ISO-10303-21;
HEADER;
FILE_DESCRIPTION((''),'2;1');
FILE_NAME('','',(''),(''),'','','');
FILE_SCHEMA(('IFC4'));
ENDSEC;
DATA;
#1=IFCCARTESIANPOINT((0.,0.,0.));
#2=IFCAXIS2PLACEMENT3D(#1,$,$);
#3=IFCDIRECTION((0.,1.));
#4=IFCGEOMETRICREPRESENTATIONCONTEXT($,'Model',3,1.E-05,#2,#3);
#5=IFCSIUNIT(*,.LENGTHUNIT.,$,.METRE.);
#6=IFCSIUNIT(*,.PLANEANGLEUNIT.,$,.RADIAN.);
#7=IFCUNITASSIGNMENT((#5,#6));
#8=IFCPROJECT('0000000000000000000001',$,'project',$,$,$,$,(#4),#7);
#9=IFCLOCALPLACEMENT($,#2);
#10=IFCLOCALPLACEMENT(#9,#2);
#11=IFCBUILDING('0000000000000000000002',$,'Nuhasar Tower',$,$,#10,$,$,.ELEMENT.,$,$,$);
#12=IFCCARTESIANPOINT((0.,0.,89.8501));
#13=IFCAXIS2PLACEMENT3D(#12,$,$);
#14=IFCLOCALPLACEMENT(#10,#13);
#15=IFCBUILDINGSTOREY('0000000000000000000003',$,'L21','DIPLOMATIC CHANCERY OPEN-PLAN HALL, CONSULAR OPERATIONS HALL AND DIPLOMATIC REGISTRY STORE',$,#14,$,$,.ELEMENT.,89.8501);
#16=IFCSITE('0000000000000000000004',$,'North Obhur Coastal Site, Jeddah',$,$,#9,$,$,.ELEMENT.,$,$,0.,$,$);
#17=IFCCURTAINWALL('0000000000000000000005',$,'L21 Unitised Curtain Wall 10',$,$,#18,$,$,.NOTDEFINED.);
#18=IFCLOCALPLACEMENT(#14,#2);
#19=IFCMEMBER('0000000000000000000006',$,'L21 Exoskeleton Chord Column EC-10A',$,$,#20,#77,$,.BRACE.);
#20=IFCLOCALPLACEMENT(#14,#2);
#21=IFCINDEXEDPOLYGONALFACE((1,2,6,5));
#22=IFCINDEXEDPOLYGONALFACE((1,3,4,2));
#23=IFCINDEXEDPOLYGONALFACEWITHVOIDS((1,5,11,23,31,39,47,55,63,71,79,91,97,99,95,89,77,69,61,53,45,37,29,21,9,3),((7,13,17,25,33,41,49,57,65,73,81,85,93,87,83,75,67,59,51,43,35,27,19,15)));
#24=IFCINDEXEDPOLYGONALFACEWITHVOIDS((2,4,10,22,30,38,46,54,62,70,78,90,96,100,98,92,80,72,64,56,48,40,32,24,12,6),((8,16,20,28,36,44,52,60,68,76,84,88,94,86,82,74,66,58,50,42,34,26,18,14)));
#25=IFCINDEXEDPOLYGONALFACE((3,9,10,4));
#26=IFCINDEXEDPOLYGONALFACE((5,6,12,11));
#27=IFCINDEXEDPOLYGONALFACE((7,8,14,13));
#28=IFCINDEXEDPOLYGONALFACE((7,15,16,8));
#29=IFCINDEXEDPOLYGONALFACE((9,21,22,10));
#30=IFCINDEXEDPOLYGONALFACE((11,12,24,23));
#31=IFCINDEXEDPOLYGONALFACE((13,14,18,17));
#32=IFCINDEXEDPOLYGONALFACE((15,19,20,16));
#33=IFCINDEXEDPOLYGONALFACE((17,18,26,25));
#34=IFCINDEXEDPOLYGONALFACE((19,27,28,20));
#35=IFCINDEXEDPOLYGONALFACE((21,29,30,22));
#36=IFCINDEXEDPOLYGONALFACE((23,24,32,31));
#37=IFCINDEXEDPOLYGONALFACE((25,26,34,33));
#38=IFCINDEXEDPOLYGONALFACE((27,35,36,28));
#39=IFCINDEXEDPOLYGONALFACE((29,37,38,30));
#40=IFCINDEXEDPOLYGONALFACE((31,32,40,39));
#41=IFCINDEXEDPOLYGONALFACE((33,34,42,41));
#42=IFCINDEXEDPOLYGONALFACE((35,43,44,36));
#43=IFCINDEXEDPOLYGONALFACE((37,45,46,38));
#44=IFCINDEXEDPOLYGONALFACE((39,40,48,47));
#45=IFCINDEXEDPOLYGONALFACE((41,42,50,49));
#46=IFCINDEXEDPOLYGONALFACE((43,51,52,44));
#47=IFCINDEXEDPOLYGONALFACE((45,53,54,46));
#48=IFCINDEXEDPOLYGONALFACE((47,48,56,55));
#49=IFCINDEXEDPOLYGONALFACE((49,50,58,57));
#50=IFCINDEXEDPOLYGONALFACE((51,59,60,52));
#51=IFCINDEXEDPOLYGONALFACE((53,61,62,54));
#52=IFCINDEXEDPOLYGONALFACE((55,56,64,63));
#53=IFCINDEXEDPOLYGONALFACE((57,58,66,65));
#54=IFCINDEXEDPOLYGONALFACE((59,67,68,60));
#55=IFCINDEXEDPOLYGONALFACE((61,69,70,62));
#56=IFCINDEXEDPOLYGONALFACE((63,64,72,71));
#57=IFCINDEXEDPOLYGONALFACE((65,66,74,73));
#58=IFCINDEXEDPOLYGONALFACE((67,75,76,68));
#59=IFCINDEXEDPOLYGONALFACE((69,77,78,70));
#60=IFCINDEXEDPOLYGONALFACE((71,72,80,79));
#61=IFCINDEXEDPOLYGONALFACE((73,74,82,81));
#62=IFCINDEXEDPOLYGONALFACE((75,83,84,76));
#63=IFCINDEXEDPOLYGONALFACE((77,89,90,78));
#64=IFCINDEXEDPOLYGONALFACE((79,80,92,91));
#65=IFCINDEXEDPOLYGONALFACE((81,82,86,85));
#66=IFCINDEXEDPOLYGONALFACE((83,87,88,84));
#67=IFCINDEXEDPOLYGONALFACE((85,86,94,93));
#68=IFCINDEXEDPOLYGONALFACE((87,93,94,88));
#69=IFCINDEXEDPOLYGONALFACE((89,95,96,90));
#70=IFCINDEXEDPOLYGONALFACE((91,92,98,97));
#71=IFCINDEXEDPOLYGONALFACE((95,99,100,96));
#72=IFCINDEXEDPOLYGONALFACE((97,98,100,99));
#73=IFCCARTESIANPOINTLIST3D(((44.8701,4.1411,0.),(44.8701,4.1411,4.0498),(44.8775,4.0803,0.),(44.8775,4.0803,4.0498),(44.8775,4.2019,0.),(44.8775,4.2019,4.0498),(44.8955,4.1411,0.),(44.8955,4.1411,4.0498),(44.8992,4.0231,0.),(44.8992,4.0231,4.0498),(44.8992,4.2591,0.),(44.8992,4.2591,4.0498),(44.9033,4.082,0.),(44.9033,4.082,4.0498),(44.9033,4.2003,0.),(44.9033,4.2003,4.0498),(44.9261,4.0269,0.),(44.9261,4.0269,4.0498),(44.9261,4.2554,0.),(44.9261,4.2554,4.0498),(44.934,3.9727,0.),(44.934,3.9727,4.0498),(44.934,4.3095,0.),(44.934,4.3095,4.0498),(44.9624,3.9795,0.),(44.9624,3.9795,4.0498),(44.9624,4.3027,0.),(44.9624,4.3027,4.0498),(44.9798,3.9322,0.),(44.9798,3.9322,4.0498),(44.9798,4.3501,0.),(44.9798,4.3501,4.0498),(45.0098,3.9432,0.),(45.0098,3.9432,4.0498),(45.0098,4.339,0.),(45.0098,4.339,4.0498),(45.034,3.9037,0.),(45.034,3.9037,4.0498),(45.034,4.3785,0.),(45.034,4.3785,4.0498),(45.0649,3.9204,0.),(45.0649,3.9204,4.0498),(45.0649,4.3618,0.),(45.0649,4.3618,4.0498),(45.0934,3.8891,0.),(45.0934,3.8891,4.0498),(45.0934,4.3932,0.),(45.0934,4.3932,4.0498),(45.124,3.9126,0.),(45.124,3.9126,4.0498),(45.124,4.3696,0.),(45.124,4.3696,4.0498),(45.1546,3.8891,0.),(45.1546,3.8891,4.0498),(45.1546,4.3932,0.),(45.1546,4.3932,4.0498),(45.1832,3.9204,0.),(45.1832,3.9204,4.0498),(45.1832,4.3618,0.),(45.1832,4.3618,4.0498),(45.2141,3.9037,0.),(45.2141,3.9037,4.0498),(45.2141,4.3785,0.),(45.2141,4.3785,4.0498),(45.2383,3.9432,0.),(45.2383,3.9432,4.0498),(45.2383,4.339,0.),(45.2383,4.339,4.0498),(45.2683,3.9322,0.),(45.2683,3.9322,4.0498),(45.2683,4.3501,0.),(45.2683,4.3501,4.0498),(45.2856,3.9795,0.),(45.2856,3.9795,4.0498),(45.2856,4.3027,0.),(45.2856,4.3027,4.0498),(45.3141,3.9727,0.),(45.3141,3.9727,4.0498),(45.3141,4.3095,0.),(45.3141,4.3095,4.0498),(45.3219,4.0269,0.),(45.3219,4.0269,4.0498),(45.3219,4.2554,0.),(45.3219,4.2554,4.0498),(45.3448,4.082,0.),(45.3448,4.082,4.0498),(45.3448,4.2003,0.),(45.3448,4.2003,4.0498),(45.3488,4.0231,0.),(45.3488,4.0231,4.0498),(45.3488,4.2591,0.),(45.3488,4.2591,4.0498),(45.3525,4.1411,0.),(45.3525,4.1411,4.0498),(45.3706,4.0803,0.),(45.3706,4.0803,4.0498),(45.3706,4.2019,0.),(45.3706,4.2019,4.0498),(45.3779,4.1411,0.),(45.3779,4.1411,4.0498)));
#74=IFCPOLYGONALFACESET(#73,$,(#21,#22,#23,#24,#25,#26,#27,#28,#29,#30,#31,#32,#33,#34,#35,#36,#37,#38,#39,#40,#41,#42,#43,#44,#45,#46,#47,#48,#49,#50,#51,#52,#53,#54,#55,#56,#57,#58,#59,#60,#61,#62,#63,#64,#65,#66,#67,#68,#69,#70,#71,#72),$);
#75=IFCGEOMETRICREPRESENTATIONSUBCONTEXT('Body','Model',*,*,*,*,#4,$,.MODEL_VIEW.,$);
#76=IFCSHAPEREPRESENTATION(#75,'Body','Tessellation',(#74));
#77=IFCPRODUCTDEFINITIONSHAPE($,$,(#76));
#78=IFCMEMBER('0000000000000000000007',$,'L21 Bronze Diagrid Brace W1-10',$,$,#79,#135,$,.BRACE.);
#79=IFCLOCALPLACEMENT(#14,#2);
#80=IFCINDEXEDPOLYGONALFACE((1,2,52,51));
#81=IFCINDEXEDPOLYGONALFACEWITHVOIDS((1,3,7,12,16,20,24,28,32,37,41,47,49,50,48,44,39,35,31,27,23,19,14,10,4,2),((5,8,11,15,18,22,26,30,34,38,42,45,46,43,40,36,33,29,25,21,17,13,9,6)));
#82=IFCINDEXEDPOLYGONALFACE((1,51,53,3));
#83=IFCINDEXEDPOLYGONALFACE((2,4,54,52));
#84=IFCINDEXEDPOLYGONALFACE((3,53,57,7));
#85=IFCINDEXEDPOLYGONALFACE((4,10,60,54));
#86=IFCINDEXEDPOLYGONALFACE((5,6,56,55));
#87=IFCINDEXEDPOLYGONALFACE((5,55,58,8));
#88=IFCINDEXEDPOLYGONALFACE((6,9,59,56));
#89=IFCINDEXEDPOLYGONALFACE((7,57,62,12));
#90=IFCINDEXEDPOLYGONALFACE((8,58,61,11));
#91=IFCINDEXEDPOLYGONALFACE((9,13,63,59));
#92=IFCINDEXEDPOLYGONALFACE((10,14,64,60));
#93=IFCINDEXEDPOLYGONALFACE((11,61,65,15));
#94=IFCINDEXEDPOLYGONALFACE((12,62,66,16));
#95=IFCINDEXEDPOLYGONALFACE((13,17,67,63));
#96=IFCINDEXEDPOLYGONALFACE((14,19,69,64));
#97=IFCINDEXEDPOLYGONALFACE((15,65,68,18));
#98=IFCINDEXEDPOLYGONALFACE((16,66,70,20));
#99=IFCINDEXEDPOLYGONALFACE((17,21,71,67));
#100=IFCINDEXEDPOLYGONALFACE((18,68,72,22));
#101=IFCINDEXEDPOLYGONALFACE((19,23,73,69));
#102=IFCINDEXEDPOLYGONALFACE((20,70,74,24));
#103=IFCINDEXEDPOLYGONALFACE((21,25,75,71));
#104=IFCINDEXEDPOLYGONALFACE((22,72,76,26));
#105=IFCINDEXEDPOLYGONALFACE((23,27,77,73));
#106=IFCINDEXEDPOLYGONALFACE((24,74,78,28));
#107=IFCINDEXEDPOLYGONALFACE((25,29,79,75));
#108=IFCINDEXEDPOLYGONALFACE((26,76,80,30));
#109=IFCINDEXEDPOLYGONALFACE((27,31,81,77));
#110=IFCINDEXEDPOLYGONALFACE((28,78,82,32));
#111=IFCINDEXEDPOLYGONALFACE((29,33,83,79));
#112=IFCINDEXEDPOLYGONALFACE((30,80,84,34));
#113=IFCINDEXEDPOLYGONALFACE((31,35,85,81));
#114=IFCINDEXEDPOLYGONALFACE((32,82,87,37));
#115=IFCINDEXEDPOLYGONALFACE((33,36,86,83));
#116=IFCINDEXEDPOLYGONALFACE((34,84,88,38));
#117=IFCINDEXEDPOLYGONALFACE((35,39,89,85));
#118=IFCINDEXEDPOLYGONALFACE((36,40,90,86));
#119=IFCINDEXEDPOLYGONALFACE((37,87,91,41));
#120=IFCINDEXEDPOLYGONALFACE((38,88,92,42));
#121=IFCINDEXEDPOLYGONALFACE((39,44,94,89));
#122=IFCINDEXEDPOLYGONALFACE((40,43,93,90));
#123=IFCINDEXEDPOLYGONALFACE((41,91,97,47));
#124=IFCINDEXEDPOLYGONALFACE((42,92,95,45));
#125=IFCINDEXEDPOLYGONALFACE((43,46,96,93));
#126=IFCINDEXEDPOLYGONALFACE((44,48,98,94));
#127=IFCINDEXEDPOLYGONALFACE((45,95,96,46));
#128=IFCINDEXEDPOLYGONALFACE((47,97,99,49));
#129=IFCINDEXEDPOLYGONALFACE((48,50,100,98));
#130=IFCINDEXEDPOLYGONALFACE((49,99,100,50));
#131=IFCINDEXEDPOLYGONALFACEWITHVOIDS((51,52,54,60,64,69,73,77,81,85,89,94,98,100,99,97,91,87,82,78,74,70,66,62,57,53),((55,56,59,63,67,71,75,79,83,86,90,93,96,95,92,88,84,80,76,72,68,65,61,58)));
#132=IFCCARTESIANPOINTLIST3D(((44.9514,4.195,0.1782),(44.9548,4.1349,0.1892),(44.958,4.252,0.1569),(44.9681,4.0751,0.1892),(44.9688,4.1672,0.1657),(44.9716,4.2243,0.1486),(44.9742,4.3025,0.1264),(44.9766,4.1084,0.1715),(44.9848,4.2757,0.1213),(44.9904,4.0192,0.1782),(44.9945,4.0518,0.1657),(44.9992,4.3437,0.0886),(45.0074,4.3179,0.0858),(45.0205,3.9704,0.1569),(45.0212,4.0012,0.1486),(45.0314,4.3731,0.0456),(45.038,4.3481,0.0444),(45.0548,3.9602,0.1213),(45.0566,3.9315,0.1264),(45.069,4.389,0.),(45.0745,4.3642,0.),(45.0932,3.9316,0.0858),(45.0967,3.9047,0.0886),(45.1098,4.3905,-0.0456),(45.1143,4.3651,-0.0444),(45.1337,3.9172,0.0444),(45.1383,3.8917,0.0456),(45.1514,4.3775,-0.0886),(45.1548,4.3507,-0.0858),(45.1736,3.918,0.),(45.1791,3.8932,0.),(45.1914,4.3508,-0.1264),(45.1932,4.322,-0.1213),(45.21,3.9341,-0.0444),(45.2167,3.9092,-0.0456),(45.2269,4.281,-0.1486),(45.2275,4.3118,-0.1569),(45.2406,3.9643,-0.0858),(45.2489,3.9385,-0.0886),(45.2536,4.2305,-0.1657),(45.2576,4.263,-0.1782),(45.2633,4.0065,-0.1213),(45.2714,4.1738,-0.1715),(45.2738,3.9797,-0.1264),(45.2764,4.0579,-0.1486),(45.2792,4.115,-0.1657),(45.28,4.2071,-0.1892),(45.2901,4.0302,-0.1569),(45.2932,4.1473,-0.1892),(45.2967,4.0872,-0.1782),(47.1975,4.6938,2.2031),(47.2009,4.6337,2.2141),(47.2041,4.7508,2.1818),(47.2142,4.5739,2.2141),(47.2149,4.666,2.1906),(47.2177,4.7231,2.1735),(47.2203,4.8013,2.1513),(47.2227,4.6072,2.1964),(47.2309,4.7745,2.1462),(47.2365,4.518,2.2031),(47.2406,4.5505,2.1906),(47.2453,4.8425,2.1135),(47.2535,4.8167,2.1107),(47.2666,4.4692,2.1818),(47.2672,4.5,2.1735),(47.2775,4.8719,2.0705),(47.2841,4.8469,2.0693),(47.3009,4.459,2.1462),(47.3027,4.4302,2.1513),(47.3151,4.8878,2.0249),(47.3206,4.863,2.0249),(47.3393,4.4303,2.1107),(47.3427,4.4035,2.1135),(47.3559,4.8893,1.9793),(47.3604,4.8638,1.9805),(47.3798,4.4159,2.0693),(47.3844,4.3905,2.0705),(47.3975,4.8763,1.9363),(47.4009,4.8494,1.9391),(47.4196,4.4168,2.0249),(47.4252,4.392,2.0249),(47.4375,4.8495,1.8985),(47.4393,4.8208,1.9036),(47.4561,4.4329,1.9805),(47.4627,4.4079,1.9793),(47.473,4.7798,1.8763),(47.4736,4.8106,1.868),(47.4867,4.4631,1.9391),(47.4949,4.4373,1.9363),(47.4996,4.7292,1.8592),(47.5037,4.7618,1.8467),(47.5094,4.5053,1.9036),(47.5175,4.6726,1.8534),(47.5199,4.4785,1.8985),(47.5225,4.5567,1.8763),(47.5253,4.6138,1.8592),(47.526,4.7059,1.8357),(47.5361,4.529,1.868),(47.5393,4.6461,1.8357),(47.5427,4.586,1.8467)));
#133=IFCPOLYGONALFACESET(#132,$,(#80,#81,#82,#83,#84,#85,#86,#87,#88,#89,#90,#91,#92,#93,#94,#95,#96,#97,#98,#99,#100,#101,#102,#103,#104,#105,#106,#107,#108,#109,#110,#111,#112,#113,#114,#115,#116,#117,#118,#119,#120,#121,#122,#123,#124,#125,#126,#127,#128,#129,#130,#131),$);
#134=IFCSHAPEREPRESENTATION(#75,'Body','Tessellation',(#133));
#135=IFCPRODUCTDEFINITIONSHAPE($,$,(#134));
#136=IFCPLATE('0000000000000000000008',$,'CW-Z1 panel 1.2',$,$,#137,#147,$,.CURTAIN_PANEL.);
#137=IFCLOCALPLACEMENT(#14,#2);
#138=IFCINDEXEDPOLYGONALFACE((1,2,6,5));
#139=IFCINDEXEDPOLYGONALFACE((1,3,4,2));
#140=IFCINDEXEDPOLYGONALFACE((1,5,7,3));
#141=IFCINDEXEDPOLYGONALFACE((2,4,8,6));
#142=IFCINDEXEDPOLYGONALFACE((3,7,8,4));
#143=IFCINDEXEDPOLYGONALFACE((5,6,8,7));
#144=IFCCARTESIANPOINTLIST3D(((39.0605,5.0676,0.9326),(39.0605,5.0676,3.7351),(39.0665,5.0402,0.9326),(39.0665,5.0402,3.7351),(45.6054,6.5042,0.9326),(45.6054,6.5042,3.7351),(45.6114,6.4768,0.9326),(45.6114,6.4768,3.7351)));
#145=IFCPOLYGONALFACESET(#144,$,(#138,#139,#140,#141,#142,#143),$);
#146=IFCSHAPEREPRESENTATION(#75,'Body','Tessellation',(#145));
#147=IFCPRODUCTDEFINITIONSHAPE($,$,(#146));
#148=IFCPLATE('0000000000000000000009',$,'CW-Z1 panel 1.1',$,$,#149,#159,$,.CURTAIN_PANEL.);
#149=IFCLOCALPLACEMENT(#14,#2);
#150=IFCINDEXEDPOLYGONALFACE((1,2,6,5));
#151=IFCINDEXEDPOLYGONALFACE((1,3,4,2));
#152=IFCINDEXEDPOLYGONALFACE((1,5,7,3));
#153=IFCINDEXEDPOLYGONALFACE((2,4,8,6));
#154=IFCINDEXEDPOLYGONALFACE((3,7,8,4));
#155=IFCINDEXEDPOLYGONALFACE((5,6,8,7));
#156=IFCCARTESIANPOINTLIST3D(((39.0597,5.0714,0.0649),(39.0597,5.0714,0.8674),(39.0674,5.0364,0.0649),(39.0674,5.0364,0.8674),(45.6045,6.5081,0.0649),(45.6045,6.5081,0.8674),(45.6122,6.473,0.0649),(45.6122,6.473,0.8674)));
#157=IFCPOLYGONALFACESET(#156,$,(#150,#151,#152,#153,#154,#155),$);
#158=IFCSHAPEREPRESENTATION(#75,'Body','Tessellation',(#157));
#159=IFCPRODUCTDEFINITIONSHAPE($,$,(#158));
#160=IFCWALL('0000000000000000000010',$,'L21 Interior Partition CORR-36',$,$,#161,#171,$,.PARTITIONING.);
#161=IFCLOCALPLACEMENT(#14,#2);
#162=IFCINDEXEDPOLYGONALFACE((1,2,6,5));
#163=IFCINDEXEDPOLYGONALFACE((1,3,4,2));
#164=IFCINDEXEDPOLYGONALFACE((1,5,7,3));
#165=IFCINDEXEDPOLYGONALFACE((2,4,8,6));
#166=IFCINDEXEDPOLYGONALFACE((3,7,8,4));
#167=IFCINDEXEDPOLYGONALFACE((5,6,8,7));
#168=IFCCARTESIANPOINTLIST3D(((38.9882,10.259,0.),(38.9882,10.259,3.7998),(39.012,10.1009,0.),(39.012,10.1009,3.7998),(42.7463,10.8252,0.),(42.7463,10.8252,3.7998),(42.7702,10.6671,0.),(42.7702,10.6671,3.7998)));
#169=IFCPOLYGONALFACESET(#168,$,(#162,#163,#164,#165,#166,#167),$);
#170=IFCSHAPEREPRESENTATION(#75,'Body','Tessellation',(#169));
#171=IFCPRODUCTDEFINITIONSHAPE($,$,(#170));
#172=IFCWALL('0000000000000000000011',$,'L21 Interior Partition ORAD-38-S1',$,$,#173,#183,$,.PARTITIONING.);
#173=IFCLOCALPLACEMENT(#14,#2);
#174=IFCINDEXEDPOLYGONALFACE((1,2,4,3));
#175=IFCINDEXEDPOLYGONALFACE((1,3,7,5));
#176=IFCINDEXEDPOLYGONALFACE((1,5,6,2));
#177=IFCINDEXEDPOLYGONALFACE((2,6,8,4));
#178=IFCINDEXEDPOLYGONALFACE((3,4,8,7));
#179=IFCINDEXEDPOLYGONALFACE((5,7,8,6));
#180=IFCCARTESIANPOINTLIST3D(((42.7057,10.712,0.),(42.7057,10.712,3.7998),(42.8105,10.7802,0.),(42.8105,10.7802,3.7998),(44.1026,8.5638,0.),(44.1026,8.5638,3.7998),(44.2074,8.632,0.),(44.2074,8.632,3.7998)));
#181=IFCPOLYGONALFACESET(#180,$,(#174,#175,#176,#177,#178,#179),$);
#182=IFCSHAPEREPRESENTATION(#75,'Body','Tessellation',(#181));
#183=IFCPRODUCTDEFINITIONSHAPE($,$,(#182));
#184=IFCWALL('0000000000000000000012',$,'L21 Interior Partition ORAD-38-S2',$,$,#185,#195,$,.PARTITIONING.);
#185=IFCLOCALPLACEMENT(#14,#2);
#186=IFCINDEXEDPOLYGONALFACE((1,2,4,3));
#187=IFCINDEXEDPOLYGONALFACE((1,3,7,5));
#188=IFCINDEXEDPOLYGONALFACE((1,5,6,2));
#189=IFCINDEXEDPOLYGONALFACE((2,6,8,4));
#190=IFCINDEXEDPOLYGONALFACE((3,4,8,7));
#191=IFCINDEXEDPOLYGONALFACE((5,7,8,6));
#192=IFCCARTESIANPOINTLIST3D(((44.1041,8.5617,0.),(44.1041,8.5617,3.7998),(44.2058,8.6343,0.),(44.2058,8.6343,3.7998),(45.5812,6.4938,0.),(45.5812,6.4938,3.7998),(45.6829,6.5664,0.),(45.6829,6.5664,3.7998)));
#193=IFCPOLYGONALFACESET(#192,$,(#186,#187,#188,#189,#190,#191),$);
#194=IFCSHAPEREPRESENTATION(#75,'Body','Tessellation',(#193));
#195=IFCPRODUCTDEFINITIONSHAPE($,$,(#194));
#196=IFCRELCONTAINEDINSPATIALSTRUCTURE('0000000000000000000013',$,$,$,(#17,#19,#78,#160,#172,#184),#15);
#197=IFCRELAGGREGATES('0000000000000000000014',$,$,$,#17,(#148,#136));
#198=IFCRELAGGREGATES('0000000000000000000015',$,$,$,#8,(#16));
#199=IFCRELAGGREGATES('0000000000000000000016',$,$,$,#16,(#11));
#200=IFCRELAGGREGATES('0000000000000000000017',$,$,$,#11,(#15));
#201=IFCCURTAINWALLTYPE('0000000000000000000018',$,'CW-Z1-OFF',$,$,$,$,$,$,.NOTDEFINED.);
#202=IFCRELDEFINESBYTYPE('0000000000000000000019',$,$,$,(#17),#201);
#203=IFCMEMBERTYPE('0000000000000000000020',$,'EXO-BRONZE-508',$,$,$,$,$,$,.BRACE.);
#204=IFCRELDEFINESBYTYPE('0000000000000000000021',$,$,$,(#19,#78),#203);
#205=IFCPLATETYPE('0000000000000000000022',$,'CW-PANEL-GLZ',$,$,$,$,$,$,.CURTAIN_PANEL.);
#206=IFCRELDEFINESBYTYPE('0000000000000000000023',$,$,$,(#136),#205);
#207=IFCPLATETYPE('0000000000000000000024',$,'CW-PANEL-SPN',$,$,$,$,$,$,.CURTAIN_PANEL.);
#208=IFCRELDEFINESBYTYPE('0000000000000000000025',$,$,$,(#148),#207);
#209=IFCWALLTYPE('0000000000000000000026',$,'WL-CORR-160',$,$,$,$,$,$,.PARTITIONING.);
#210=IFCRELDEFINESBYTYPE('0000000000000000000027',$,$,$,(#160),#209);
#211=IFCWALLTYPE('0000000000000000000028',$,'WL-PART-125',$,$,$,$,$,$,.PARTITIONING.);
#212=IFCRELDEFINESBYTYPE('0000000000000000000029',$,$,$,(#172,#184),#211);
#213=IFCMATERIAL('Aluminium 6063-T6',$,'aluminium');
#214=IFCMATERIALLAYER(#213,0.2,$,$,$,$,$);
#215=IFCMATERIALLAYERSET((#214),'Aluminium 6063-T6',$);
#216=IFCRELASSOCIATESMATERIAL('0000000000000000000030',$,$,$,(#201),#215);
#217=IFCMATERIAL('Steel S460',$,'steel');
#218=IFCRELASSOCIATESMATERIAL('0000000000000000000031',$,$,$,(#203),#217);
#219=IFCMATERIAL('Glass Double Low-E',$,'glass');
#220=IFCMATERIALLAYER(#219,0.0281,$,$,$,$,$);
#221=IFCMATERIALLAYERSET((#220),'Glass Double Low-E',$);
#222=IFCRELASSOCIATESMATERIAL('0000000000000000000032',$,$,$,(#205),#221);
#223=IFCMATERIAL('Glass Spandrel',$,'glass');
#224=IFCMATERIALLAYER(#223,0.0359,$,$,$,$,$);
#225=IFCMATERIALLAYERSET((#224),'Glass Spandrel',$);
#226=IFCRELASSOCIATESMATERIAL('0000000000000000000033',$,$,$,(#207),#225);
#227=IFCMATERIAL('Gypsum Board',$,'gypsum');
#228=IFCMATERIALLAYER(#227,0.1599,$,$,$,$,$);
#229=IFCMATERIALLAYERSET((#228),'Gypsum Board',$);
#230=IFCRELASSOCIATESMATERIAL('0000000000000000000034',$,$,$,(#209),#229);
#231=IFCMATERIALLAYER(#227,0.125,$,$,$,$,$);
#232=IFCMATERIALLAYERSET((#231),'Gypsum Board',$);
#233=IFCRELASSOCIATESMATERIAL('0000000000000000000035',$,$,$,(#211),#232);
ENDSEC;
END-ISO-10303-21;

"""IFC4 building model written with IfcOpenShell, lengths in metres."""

from ifc_helpers import new_model, si_unit, direction, frame, frame_2d, origin, origin_2d, place, context, subcontext, project, spatial, rectangle, hollow_circle, extrude, material, layer, layer_set, material_profile, profile_set, type_object, element, aggregate, save


model = new_model("IFC4")

# Units and contexts
model_context = context("Model", 3, precision=1e-05, world=origin(), true_north=direction((0.0, 1.0)))
body_context = subcontext(model_context, "Body", "Model", "MODEL_VIEW")
ifc_project = project(units=[si_unit("LENGTHUNIT", "METRE"), si_unit("PLANEANGLEUNIT", "RADIAN")], contexts=[model_context])

# Site, building, storey
site_placement = place(None, origin())
site = spatial("IfcSite", under=ifc_project, at=site_placement, Name="North Obhur Coastal Site, Jeddah", CompositionType="ELEMENT", RefElevation=0.0)
building_placement = place(site_placement, origin())
building = spatial("IfcBuilding", under=site, at=building_placement, Name="Nuhasar Tower", CompositionType="ELEMENT")
storey_placement = place(building_placement, frame((0.0, 0.0, 89.8501)))
storey = spatial("IfcBuildingStorey", under=building, at=storey_placement, Name="L21", Description="DIPLOMATIC CHANCERY OPEN-PLAN HALL, CONSULAR OPERATIONS HALL AND DIPLOMATIC REGISTRY STORE", CompositionType="ELEMENT", Elevation=89.8501)

# Shared definitions
ifc_material_1 = material(Name="Aluminium 6063-T6", Category="aluminium")
ifc_layer_1 = layer(ifc_material_1, 0.2)
ifc_layer_set_1 = layer_set([ifc_layer_1], Name="Aluminium 6063-T6")
curtain_wall_type = type_object("IfcCurtainWallType", Name="CW-Z1-OFF", PredefinedType="NOTDEFINED", material=ifc_layer_set_1)

# Curtain wall
curtain_wall_1_placement = place(storey_placement, origin())
curtain_wall_1 = element("IfcCurtainWall", 1, at=curtain_wall_1_placement, inside=storey, type_object=curtain_wall_type, Name="L21 Unitised Curtain Wall 10", PredefinedType="NOTDEFINED")

# Members
ifc_material_2 = material(Name="Steel S460", Category="steel")
ifc_material_profile_1 = material_profile(ifc_material_2, hollow_circle(Radius=0.2539, WallThickness=0.0254, at=origin_2d()), Name="HSS508X25.4")
ifc_profile_set_1 = profile_set([ifc_material_profile_1], Name="Steel S460")
member_type_1 = type_object("IfcMemberType", Name="EXO-BRONZE-508", PredefinedType="BRACE", material=ifc_profile_set_1)
member_1_placement = place(storey_placement, frame((45.124, 4.1411, 0.0), z_axis=(0.0, 0.0, 1.0), x_axis=(1.0, 0.0, 0.0)))
element("IfcMember", 2, at=member_1_placement, inside=storey, type_object=member_type_1, Name="L21 Exoskeleton Chord Column EC-10A", PredefinedType="BRACE", context=body_context, shape_type="SweptSolid", body=[
    extrude(hollow_circle(Radius=0.2539, WallThickness=0.0254, at=origin_2d()), origin(), (0.0, 0.0, 1.0), 4.0498),
])
member_2_placement = place(storey_placement, frame((45.124, 4.1411, 0.0), z_axis=(0.732831, 0.162736, 0.660663), x_axis=(-0.216784, 0.97622, 0.0)))
element("IfcMember", 3, at=member_2_placement, inside=storey, type_object=member_type_1, Name="L21 Bronze Diagrid Brace W1-10", PredefinedType="BRACE", context=body_context, shape_type="SweptSolid", body=[
    extrude(hollow_circle(Radius=0.2539, WallThickness=0.0254, at=origin_2d()), origin(), (0.0, 0.0, 1.0), 3.0649),
])

# Plates
ifc_material_3 = material(Name="Glass Double Low-E", Category="glass")
ifc_layer_2 = layer(ifc_material_3, 0.0281)
ifc_layer_set_2 = layer_set([ifc_layer_2], Name="Glass Double Low-E")
plate_type_1 = type_object("IfcPlateType", Name="CW-PANEL-GLZ", PredefinedType="CURTAIN_PANEL", material=ifc_layer_set_2)
plate_1_placement = place(storey_placement, frame((42.3359, 5.7722, 0.9326), z_axis=(0.0, 0.0, 1.0), x_axis=(0.976746, 0.214399, 0.0)))
plate_1 = element("IfcPlate", 4, at=plate_1_placement, type_object=plate_type_1, Name="CW-Z1 panel 1.2", PredefinedType="CURTAIN_PANEL", context=body_context, shape_type="SweptSolid", body=[
    extrude(rectangle(XDim=6.7007, YDim=0.0281, at=origin_2d()), origin(), (0.0, 0.0, 1.0), 2.8025),
])
ifc_material_4 = material(Name="Glass Spandrel", Category="glass")
ifc_layer_3 = layer(ifc_material_4, 0.0359)
ifc_layer_set_3 = layer_set([ifc_layer_3], Name="Glass Spandrel")
plate_type_2 = type_object("IfcPlateType", Name="CW-PANEL-SPN", PredefinedType="CURTAIN_PANEL", material=ifc_layer_set_3)
plate_2_placement = place(storey_placement, frame((42.3359, 5.7722, 0.0649), z_axis=(0.0, 0.0, 1.0), x_axis=(0.976746, 0.214399, 0.0)))
plate_2 = element("IfcPlate", 5, at=plate_2_placement, type_object=plate_type_2, Name="CW-Z1 panel 1.1", PredefinedType="CURTAIN_PANEL", context=body_context, shape_type="SweptSolid", body=[
    extrude(rectangle(XDim=6.7007, YDim=0.0359, at=origin_2d()), origin(), (0.0, 0.0, 1.0), 0.8025),
])
aggregate(curtain_wall_1, [plate_2, plate_1])

# Wall
ifc_material_5 = material(Name="Gypsum Board", Category="gypsum")
ifc_layer_4 = layer(ifc_material_5, 0.1599)
ifc_layer_set_4 = layer_set([ifc_layer_4], Name="Gypsum Board")
wall_type_1 = type_object("IfcWallType", Name="WL-CORR-160", PredefinedType="PARTITIONING", material=ifc_layer_set_4)
wall_1_placement = place(storey_placement, frame((39.0, 10.1799, 0.0), z_axis=(0.0, 0.0, 1.0), x_axis=(0.988841, 0.148972, 0.0)))
element("IfcWall", 6, at=wall_1_placement, inside=storey, type_object=wall_type_1, Name="L21 Interior Partition CORR-36", PredefinedType="PARTITIONING", context=body_context, shape_type="SweptSolid", body=[
    extrude(rectangle(XDim=3.8005, YDim=0.1599, at=frame_2d((1.9004, 0.0))), origin(), (0.0, 0.0, 1.0), 3.7998),
])

# Walls
ifc_layer_5 = layer(ifc_material_5, 0.125)
ifc_layer_set_5 = layer_set([ifc_layer_5], Name="Gypsum Board")
wall_type_2 = type_object("IfcWallType", Name="WL-PART-125", PredefinedType="PARTITIONING", material=ifc_layer_set_5)
wall_2_placement = place(storey_placement, frame((42.7581, 10.7461, 0.0), z_axis=(0.0, 0.0, 1.0), x_axis=(0.545166, -0.838328, 0.0)))
element("IfcWall", 7, at=wall_2_placement, inside=storey, type_object=wall_type_2, Name="L21 Interior Partition ORAD-38-S1", PredefinedType="PARTITIONING", context=body_context, shape_type="SweptSolid", body=[
    extrude(rectangle(XDim=2.5625, YDim=0.125, at=frame_2d((1.2812, 0.0))), origin(), (0.0, 0.0, 1.0), 3.7998),
])
wall_3_placement = place(storey_placement, frame((44.155, 8.5979, 0.0), z_axis=(0.0, 0.0, 1.0), x_axis=(0.581238, -0.813733, 0.0)))
element("IfcWall", 8, at=wall_3_placement, inside=storey, type_object=wall_type_2, Name="L21 Interior Partition ORAD-38-S2", PredefinedType="PARTITIONING", context=body_context, shape_type="SweptSolid", body=[
    extrude(rectangle(XDim=2.5413, YDim=0.125, at=frame_2d((1.2705, 0.0))), origin(), (0.0, 0.0, 1.0), 3.7998),
])

save(model, "model.ifc")
